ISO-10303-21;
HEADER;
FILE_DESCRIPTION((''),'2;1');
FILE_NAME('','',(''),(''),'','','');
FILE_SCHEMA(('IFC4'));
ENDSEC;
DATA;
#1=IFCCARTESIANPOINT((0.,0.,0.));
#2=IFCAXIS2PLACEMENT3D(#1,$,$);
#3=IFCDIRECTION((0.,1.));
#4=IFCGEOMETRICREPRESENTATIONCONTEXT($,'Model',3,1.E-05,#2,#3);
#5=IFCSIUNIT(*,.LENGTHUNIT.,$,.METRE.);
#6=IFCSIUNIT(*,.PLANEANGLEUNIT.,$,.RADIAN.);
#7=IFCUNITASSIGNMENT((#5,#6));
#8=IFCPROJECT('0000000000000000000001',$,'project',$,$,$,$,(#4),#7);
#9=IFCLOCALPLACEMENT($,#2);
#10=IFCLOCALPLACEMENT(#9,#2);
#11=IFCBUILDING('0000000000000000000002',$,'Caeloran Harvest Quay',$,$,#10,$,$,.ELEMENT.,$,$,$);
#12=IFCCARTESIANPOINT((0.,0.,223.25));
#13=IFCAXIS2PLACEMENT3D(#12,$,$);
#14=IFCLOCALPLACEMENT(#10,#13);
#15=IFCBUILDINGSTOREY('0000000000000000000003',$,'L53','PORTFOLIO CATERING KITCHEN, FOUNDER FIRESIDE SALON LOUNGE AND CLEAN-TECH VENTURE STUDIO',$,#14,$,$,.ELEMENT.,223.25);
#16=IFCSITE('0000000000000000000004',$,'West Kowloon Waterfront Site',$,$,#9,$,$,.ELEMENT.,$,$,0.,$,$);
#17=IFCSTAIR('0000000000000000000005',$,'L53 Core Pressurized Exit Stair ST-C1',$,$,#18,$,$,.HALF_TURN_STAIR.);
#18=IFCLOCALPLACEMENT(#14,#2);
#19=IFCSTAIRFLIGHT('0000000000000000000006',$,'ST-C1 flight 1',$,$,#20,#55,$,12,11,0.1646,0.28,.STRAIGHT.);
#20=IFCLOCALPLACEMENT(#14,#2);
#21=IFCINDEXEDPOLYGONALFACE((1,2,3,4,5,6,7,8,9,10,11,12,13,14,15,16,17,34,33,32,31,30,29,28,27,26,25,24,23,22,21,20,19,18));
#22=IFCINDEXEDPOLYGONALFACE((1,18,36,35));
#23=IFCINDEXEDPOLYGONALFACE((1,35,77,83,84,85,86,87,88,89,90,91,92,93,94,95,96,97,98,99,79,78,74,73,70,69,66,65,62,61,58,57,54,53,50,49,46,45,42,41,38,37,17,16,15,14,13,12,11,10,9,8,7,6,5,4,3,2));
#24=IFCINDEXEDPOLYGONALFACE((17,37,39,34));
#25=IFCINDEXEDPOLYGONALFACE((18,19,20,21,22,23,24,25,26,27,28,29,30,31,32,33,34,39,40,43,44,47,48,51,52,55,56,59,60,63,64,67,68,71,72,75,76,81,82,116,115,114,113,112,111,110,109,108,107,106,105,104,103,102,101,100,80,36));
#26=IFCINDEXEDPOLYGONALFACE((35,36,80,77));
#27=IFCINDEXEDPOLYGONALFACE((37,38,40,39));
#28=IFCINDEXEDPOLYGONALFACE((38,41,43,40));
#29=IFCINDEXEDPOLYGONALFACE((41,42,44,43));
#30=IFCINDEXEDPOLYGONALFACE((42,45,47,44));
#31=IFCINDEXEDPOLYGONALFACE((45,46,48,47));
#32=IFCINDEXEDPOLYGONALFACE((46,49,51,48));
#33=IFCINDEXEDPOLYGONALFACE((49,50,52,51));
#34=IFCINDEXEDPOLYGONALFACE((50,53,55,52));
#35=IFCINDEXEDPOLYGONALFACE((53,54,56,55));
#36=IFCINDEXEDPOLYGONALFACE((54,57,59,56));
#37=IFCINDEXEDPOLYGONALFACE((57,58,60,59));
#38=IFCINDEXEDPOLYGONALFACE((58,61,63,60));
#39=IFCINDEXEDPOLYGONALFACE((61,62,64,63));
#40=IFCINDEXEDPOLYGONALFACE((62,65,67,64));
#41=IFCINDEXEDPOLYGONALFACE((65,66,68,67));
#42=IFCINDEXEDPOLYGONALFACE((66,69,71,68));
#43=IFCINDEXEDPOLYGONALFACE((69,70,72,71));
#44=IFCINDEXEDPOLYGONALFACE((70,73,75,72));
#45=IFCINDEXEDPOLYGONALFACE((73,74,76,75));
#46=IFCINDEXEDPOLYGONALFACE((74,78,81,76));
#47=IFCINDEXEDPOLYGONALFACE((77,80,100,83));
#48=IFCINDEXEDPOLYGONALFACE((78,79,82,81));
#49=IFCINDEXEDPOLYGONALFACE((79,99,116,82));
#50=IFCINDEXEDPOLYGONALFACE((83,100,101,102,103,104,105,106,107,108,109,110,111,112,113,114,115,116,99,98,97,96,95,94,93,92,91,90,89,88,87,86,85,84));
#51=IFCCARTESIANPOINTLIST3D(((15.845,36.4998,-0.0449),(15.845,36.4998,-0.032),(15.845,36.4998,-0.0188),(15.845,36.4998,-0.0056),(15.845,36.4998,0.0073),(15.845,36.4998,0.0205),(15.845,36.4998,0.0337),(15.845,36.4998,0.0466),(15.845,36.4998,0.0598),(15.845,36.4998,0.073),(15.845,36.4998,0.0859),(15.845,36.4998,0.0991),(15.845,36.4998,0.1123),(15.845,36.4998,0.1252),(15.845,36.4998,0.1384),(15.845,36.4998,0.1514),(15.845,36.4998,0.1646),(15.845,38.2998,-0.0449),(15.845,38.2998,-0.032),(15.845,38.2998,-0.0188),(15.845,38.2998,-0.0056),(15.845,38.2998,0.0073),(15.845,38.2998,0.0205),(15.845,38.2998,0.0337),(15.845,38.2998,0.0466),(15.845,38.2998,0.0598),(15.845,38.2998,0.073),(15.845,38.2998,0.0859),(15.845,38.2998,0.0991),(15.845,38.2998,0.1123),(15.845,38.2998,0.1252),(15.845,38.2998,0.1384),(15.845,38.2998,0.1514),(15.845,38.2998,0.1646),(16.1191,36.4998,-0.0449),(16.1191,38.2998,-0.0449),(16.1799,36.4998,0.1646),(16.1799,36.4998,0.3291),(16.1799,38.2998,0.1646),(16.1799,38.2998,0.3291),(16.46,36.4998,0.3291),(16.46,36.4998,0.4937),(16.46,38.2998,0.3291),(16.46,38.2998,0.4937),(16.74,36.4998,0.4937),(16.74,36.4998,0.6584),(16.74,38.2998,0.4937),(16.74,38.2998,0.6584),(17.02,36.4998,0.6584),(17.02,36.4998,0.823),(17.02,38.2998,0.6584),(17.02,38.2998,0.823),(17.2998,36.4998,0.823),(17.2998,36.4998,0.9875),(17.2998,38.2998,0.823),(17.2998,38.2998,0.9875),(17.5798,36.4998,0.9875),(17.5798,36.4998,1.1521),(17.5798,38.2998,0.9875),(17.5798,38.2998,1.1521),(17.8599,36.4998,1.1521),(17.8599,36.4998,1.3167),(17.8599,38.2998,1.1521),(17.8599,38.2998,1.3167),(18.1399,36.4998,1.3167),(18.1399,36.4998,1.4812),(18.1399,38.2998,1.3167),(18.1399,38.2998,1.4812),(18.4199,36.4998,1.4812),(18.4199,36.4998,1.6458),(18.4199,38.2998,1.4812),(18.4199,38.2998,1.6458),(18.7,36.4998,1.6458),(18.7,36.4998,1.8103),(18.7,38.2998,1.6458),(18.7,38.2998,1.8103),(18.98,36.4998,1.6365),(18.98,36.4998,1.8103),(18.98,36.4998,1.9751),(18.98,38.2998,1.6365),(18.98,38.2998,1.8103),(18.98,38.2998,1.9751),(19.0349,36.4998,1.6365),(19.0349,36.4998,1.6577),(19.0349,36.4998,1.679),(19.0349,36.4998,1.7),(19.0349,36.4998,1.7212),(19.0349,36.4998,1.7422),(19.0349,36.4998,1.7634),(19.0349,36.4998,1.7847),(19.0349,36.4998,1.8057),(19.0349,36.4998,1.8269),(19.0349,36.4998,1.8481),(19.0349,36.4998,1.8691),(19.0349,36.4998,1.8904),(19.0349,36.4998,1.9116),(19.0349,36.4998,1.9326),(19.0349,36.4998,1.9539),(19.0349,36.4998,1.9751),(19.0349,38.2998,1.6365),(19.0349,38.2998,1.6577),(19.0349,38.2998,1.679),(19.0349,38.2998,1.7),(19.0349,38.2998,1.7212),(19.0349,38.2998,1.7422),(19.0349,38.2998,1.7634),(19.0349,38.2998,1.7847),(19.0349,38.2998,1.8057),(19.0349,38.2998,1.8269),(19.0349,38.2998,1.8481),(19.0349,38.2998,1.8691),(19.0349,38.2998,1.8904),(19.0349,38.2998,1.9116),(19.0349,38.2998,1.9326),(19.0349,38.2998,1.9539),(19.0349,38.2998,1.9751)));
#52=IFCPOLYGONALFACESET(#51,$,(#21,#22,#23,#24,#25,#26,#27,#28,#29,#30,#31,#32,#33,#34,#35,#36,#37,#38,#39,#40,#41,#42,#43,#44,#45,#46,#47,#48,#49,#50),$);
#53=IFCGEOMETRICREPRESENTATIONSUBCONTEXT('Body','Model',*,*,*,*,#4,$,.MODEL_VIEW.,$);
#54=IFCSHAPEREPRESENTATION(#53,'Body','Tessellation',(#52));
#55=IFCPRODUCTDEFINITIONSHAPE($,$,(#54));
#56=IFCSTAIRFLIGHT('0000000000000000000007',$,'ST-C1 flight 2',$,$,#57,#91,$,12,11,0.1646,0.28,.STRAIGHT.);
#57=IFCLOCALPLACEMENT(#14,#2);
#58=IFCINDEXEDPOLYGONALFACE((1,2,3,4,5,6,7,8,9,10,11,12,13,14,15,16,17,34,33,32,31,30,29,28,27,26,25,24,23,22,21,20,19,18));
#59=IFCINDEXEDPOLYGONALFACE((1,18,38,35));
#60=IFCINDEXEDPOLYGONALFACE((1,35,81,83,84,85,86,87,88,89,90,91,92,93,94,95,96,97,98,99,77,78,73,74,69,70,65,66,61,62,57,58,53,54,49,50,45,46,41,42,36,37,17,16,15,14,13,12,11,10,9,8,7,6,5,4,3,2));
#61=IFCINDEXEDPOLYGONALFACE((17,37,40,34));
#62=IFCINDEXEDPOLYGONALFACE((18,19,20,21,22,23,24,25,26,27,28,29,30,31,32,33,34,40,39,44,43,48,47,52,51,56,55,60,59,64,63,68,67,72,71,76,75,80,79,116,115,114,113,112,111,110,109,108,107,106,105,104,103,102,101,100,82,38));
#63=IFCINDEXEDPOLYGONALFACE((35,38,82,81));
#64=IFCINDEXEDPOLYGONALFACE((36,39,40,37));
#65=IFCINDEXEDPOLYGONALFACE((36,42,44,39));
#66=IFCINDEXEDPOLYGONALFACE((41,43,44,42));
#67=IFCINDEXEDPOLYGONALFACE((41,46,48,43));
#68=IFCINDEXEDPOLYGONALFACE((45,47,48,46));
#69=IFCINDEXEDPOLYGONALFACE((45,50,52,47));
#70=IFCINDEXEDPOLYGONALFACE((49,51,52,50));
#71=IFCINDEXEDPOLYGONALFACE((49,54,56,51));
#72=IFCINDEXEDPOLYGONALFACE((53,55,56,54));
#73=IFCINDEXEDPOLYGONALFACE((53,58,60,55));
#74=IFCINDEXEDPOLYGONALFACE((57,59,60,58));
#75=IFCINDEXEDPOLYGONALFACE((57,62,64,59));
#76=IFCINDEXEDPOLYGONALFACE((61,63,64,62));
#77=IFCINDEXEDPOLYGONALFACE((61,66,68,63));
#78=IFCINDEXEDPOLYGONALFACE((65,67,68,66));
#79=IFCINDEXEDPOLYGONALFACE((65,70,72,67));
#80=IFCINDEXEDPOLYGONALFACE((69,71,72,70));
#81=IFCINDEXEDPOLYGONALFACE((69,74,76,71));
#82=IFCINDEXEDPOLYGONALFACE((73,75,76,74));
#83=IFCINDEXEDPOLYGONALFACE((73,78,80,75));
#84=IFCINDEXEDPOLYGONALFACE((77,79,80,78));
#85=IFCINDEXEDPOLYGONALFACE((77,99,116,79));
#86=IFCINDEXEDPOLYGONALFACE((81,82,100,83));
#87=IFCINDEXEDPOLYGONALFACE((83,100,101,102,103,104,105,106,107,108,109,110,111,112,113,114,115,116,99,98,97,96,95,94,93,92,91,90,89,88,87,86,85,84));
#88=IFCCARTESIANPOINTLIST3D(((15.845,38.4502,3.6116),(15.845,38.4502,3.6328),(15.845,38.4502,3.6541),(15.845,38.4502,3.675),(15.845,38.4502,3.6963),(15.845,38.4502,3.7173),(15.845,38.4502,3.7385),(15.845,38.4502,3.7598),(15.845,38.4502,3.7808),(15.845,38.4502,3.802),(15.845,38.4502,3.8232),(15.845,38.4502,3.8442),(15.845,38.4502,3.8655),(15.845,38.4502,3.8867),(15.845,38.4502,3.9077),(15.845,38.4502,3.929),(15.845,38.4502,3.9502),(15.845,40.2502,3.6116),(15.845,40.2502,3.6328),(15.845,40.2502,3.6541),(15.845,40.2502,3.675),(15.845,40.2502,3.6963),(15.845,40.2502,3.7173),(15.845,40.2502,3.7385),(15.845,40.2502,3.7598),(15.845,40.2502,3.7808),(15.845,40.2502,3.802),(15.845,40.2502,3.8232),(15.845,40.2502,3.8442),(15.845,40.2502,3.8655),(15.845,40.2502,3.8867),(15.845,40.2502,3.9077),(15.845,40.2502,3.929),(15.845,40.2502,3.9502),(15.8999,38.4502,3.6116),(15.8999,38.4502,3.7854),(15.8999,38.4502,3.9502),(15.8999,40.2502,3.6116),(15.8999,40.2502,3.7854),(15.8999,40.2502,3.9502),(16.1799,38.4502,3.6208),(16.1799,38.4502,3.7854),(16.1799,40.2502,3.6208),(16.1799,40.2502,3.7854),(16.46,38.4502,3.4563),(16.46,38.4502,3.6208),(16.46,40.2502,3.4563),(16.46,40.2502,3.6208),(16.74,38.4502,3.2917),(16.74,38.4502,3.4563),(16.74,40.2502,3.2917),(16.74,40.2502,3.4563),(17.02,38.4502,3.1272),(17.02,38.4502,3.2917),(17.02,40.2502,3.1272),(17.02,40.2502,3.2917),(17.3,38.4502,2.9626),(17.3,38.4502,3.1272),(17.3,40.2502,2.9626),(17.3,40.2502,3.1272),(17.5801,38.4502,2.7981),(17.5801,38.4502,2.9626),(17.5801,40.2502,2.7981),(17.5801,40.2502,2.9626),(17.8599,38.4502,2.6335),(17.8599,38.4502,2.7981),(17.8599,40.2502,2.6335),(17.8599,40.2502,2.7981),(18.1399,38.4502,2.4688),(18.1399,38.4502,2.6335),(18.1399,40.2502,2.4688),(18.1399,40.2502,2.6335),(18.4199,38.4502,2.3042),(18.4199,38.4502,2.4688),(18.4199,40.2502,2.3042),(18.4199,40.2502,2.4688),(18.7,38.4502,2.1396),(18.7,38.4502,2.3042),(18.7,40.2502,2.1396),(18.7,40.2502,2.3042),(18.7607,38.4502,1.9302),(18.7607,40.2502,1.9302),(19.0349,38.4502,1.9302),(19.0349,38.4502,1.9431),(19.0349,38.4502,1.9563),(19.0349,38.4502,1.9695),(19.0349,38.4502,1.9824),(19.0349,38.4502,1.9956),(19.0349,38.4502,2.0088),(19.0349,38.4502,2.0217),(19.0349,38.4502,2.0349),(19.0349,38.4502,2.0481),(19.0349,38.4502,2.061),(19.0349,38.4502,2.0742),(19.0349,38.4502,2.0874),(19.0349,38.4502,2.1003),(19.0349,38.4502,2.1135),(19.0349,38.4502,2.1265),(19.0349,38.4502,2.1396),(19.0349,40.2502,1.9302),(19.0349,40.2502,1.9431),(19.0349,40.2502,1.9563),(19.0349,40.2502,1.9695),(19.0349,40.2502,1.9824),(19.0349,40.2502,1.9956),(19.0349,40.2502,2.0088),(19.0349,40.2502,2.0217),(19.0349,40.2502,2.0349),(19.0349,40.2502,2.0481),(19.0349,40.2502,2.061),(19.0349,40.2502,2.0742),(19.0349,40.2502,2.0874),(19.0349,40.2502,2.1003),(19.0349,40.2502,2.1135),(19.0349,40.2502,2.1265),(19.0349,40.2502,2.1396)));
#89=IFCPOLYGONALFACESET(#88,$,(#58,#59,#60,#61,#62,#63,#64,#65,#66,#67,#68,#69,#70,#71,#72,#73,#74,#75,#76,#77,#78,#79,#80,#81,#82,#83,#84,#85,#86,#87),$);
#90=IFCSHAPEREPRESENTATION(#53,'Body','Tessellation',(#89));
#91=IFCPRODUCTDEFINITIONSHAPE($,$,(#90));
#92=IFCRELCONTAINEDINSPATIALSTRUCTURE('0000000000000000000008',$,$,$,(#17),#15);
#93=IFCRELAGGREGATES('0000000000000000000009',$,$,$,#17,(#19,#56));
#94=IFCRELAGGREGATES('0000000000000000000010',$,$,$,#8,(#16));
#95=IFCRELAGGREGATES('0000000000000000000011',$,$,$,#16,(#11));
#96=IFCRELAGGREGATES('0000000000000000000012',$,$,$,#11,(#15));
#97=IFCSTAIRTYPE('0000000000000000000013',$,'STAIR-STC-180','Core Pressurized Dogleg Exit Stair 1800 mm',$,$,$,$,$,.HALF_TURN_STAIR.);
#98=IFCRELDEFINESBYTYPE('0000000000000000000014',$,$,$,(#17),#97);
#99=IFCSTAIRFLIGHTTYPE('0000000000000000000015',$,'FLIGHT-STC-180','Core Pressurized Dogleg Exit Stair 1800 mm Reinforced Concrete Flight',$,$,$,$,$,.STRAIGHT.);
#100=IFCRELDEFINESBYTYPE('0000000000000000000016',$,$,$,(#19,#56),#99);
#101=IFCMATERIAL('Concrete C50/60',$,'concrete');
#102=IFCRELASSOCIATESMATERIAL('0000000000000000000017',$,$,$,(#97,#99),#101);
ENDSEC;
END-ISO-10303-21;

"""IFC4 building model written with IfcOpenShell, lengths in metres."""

from ifc_helpers import new_model, si_unit, direction, frame, origin, place, context, subcontext, project, spatial, polyline, outline, extrude, material, type_object, element, aggregate, save


model = new_model("IFC4")

# Units and contexts
model_context = context("Model", 3, precision=1e-05, world=origin(), true_north=direction((0.0, 1.0)))
body_context = subcontext(model_context, "Body", "Model", "MODEL_VIEW")
ifc_project = project(units=[si_unit("LENGTHUNIT", "METRE"), si_unit("PLANEANGLEUNIT", "RADIAN")], contexts=[model_context])

# Site, building, storey
site_placement = place(None, origin())
site = spatial("IfcSite", under=ifc_project, at=site_placement, Name="West Kowloon Waterfront Site", CompositionType="ELEMENT", RefElevation=0.0)
building_placement = place(site_placement, origin())
building = spatial("IfcBuilding", under=site, at=building_placement, Name="Caeloran Harvest Quay", CompositionType="ELEMENT")
storey_placement = place(building_placement, frame((0.0, 0.0, 223.25)))
storey = spatial("IfcBuildingStorey", under=building, at=storey_placement, Name="L53", Description="PORTFOLIO CATERING KITCHEN, FOUNDER FIRESIDE SALON LOUNGE AND CLEAN-TECH VENTURE STUDIO", CompositionType="ELEMENT", Elevation=223.25)

# Shared definitions
ifc_material_1 = material(Name="Concrete C50/60", Category="concrete")

# Stair, stair flights
stair_type = type_object("IfcStairType", Name="STAIR-STC-180", Description="Core Pressurized Dogleg Exit Stair 1800 mm", PredefinedType="HALF_TURN_STAIR", material=ifc_material_1)
stair_1_placement = place(storey_placement, origin())
stair_1 = element("IfcStair", 1, at=stair_1_placement, inside=storey, type_object=stair_type, Name="L53 Core Pressurized Exit Stair ST-C1", PredefinedType="HALF_TURN_STAIR")
stair_flight_type = type_object("IfcStairFlightType", Name="FLIGHT-STC-180", Description="Core Pressurized Dogleg Exit Stair 1800 mm Reinforced Concrete Flight", PredefinedType="STRAIGHT", material=ifc_material_1)
stair_flight_1_placement = place(storey_placement, frame((15.8999, 37.3999, 0.0), z_axis=(0.0, 0.0, 1.0), x_axis=(1.0, 0.0, 0.0)))
stair_flight_1 = element("IfcStairFlight", 2, at=stair_flight_1_placement, type_object=stair_flight_type, Name="ST-C1 flight 1", NumberOfRisers=12, NumberOfTreads=11, PredefinedType="STRAIGHT", RiserHeight=0.1646, TreadLength=0.28, context=body_context, shape_type="SweptSolid", body=[
    extrude(outline(polyline([(-0.0549, -0.0449), (-0.0549, -0.032), (-0.0549, -0.0188), (-0.0549, -0.0056), (-0.0549, 0.0073), (-0.0549, 0.0205), (-0.0549, 0.0337), (-0.0549, 0.0466), (-0.0549, 0.0598), (-0.0549, 0.073), (-0.0549, 0.0859), (-0.0549, 0.0991), (-0.0549, 0.1123), (-0.0549, 0.1252), (-0.0549, 0.1384), (-0.0549, 0.1514), (-0.0549, 0.1646), (0.28, 0.1646), (0.28, 0.3291), (0.5601, 0.3291), (0.5601, 0.4937), (0.8401, 0.4937), (0.8401, 0.6584), (1.1201, 0.6584), (1.1201, 0.823), (1.3999, 0.823), (1.3999, 0.9875), (1.6799, 0.9875), (1.6799, 1.1521), (1.96, 1.1521), (1.96, 1.3167), (2.24, 1.3167), (2.24, 1.4812), (2.52, 1.4812), (2.52, 1.6458), (2.8, 1.6458), (2.8, 1.8103), (3.0801, 1.8103), (3.0801, 1.9751), (3.135, 1.9751), (3.135, 1.9539), (3.135, 1.9326), (3.135, 1.9116), (3.135, 1.8904), (3.135, 1.8691), (3.135, 1.8481), (3.135, 1.8269), (3.135, 1.8057), (3.135, 1.7847), (3.135, 1.7634), (3.135, 1.7422), (3.135, 1.7212), (3.135, 1.7), (3.135, 1.679), (3.135, 1.6577), (3.135, 1.6365), (3.0801, 1.6365), (0.2192, -0.0449), (-0.0549, -0.0449)])), frame((0.0, 0.8999, 0.0), z_axis=(0.0, -1.0, 0.0), x_axis=(1.0, 0.0, 0.0)), (0.0, 0.0, 1.0), 1.8),
])
stair_flight_2_placement = place(storey_placement, frame((18.98, 39.3501, 1.9751), z_axis=(0.0, 0.0, 1.0), x_axis=(-1.0, 0.0, 0.0)))
stair_flight_2 = element("IfcStairFlight", 3, at=stair_flight_2_placement, type_object=stair_flight_type, Name="ST-C1 flight 2", NumberOfRisers=12, NumberOfTreads=11, PredefinedType="STRAIGHT", RiserHeight=0.1646, TreadLength=0.28, context=body_context, shape_type="SweptSolid", body=[
    extrude(outline(polyline([(-0.0549, -0.0449), (-0.0549, -0.032), (-0.0549, -0.0188), (-0.0549, -0.0056), (-0.0549, 0.0073), (-0.0549, 0.0205), (-0.0549, 0.0337), (-0.0549, 0.0466), (-0.0549, 0.0598), (-0.0549, 0.073), (-0.0549, 0.0859), (-0.0549, 0.0991), (-0.0549, 0.1123), (-0.0549, 0.1252), (-0.0549, 0.1384), (-0.0549, 0.1514), (-0.0549, 0.1646), (0.28, 0.1646), (0.28, 0.3291), (0.5601, 0.3291), (0.5601, 0.4937), (0.8401, 0.4937), (0.8401, 0.6584), (1.1201, 0.6584), (1.1201, 0.823), (1.3999, 0.823), (1.3999, 0.9875), (1.6799, 0.9875), (1.6799, 1.1521), (1.96, 1.1521), (1.96, 1.3167), (2.24, 1.3167), (2.24, 1.4812), (2.52, 1.4812), (2.52, 1.6458), (2.8, 1.6458), (2.8, 1.8103), (3.0801, 1.8103), (3.0801, 1.9751), (3.135, 1.9751), (3.135, 1.9539), (3.135, 1.9326), (3.135, 1.9116), (3.135, 1.8904), (3.135, 1.8691), (3.135, 1.8481), (3.135, 1.8269), (3.135, 1.8057), (3.135, 1.7847), (3.135, 1.7634), (3.135, 1.7422), (3.135, 1.7212), (3.135, 1.7), (3.135, 1.679), (3.135, 1.6577), (3.135, 1.6365), (3.0801, 1.6365), (0.2192, -0.0449), (-0.0549, -0.0449)])), frame((0.0, 0.8999, 0.0), z_axis=(0.0, -1.0, 0.0), x_axis=(1.0, 0.0, 0.0)), (0.0, 0.0, 1.0), 1.8),
])
aggregate(stair_1, [stair_flight_1, stair_flight_2])

save(model, "model.ifc")
